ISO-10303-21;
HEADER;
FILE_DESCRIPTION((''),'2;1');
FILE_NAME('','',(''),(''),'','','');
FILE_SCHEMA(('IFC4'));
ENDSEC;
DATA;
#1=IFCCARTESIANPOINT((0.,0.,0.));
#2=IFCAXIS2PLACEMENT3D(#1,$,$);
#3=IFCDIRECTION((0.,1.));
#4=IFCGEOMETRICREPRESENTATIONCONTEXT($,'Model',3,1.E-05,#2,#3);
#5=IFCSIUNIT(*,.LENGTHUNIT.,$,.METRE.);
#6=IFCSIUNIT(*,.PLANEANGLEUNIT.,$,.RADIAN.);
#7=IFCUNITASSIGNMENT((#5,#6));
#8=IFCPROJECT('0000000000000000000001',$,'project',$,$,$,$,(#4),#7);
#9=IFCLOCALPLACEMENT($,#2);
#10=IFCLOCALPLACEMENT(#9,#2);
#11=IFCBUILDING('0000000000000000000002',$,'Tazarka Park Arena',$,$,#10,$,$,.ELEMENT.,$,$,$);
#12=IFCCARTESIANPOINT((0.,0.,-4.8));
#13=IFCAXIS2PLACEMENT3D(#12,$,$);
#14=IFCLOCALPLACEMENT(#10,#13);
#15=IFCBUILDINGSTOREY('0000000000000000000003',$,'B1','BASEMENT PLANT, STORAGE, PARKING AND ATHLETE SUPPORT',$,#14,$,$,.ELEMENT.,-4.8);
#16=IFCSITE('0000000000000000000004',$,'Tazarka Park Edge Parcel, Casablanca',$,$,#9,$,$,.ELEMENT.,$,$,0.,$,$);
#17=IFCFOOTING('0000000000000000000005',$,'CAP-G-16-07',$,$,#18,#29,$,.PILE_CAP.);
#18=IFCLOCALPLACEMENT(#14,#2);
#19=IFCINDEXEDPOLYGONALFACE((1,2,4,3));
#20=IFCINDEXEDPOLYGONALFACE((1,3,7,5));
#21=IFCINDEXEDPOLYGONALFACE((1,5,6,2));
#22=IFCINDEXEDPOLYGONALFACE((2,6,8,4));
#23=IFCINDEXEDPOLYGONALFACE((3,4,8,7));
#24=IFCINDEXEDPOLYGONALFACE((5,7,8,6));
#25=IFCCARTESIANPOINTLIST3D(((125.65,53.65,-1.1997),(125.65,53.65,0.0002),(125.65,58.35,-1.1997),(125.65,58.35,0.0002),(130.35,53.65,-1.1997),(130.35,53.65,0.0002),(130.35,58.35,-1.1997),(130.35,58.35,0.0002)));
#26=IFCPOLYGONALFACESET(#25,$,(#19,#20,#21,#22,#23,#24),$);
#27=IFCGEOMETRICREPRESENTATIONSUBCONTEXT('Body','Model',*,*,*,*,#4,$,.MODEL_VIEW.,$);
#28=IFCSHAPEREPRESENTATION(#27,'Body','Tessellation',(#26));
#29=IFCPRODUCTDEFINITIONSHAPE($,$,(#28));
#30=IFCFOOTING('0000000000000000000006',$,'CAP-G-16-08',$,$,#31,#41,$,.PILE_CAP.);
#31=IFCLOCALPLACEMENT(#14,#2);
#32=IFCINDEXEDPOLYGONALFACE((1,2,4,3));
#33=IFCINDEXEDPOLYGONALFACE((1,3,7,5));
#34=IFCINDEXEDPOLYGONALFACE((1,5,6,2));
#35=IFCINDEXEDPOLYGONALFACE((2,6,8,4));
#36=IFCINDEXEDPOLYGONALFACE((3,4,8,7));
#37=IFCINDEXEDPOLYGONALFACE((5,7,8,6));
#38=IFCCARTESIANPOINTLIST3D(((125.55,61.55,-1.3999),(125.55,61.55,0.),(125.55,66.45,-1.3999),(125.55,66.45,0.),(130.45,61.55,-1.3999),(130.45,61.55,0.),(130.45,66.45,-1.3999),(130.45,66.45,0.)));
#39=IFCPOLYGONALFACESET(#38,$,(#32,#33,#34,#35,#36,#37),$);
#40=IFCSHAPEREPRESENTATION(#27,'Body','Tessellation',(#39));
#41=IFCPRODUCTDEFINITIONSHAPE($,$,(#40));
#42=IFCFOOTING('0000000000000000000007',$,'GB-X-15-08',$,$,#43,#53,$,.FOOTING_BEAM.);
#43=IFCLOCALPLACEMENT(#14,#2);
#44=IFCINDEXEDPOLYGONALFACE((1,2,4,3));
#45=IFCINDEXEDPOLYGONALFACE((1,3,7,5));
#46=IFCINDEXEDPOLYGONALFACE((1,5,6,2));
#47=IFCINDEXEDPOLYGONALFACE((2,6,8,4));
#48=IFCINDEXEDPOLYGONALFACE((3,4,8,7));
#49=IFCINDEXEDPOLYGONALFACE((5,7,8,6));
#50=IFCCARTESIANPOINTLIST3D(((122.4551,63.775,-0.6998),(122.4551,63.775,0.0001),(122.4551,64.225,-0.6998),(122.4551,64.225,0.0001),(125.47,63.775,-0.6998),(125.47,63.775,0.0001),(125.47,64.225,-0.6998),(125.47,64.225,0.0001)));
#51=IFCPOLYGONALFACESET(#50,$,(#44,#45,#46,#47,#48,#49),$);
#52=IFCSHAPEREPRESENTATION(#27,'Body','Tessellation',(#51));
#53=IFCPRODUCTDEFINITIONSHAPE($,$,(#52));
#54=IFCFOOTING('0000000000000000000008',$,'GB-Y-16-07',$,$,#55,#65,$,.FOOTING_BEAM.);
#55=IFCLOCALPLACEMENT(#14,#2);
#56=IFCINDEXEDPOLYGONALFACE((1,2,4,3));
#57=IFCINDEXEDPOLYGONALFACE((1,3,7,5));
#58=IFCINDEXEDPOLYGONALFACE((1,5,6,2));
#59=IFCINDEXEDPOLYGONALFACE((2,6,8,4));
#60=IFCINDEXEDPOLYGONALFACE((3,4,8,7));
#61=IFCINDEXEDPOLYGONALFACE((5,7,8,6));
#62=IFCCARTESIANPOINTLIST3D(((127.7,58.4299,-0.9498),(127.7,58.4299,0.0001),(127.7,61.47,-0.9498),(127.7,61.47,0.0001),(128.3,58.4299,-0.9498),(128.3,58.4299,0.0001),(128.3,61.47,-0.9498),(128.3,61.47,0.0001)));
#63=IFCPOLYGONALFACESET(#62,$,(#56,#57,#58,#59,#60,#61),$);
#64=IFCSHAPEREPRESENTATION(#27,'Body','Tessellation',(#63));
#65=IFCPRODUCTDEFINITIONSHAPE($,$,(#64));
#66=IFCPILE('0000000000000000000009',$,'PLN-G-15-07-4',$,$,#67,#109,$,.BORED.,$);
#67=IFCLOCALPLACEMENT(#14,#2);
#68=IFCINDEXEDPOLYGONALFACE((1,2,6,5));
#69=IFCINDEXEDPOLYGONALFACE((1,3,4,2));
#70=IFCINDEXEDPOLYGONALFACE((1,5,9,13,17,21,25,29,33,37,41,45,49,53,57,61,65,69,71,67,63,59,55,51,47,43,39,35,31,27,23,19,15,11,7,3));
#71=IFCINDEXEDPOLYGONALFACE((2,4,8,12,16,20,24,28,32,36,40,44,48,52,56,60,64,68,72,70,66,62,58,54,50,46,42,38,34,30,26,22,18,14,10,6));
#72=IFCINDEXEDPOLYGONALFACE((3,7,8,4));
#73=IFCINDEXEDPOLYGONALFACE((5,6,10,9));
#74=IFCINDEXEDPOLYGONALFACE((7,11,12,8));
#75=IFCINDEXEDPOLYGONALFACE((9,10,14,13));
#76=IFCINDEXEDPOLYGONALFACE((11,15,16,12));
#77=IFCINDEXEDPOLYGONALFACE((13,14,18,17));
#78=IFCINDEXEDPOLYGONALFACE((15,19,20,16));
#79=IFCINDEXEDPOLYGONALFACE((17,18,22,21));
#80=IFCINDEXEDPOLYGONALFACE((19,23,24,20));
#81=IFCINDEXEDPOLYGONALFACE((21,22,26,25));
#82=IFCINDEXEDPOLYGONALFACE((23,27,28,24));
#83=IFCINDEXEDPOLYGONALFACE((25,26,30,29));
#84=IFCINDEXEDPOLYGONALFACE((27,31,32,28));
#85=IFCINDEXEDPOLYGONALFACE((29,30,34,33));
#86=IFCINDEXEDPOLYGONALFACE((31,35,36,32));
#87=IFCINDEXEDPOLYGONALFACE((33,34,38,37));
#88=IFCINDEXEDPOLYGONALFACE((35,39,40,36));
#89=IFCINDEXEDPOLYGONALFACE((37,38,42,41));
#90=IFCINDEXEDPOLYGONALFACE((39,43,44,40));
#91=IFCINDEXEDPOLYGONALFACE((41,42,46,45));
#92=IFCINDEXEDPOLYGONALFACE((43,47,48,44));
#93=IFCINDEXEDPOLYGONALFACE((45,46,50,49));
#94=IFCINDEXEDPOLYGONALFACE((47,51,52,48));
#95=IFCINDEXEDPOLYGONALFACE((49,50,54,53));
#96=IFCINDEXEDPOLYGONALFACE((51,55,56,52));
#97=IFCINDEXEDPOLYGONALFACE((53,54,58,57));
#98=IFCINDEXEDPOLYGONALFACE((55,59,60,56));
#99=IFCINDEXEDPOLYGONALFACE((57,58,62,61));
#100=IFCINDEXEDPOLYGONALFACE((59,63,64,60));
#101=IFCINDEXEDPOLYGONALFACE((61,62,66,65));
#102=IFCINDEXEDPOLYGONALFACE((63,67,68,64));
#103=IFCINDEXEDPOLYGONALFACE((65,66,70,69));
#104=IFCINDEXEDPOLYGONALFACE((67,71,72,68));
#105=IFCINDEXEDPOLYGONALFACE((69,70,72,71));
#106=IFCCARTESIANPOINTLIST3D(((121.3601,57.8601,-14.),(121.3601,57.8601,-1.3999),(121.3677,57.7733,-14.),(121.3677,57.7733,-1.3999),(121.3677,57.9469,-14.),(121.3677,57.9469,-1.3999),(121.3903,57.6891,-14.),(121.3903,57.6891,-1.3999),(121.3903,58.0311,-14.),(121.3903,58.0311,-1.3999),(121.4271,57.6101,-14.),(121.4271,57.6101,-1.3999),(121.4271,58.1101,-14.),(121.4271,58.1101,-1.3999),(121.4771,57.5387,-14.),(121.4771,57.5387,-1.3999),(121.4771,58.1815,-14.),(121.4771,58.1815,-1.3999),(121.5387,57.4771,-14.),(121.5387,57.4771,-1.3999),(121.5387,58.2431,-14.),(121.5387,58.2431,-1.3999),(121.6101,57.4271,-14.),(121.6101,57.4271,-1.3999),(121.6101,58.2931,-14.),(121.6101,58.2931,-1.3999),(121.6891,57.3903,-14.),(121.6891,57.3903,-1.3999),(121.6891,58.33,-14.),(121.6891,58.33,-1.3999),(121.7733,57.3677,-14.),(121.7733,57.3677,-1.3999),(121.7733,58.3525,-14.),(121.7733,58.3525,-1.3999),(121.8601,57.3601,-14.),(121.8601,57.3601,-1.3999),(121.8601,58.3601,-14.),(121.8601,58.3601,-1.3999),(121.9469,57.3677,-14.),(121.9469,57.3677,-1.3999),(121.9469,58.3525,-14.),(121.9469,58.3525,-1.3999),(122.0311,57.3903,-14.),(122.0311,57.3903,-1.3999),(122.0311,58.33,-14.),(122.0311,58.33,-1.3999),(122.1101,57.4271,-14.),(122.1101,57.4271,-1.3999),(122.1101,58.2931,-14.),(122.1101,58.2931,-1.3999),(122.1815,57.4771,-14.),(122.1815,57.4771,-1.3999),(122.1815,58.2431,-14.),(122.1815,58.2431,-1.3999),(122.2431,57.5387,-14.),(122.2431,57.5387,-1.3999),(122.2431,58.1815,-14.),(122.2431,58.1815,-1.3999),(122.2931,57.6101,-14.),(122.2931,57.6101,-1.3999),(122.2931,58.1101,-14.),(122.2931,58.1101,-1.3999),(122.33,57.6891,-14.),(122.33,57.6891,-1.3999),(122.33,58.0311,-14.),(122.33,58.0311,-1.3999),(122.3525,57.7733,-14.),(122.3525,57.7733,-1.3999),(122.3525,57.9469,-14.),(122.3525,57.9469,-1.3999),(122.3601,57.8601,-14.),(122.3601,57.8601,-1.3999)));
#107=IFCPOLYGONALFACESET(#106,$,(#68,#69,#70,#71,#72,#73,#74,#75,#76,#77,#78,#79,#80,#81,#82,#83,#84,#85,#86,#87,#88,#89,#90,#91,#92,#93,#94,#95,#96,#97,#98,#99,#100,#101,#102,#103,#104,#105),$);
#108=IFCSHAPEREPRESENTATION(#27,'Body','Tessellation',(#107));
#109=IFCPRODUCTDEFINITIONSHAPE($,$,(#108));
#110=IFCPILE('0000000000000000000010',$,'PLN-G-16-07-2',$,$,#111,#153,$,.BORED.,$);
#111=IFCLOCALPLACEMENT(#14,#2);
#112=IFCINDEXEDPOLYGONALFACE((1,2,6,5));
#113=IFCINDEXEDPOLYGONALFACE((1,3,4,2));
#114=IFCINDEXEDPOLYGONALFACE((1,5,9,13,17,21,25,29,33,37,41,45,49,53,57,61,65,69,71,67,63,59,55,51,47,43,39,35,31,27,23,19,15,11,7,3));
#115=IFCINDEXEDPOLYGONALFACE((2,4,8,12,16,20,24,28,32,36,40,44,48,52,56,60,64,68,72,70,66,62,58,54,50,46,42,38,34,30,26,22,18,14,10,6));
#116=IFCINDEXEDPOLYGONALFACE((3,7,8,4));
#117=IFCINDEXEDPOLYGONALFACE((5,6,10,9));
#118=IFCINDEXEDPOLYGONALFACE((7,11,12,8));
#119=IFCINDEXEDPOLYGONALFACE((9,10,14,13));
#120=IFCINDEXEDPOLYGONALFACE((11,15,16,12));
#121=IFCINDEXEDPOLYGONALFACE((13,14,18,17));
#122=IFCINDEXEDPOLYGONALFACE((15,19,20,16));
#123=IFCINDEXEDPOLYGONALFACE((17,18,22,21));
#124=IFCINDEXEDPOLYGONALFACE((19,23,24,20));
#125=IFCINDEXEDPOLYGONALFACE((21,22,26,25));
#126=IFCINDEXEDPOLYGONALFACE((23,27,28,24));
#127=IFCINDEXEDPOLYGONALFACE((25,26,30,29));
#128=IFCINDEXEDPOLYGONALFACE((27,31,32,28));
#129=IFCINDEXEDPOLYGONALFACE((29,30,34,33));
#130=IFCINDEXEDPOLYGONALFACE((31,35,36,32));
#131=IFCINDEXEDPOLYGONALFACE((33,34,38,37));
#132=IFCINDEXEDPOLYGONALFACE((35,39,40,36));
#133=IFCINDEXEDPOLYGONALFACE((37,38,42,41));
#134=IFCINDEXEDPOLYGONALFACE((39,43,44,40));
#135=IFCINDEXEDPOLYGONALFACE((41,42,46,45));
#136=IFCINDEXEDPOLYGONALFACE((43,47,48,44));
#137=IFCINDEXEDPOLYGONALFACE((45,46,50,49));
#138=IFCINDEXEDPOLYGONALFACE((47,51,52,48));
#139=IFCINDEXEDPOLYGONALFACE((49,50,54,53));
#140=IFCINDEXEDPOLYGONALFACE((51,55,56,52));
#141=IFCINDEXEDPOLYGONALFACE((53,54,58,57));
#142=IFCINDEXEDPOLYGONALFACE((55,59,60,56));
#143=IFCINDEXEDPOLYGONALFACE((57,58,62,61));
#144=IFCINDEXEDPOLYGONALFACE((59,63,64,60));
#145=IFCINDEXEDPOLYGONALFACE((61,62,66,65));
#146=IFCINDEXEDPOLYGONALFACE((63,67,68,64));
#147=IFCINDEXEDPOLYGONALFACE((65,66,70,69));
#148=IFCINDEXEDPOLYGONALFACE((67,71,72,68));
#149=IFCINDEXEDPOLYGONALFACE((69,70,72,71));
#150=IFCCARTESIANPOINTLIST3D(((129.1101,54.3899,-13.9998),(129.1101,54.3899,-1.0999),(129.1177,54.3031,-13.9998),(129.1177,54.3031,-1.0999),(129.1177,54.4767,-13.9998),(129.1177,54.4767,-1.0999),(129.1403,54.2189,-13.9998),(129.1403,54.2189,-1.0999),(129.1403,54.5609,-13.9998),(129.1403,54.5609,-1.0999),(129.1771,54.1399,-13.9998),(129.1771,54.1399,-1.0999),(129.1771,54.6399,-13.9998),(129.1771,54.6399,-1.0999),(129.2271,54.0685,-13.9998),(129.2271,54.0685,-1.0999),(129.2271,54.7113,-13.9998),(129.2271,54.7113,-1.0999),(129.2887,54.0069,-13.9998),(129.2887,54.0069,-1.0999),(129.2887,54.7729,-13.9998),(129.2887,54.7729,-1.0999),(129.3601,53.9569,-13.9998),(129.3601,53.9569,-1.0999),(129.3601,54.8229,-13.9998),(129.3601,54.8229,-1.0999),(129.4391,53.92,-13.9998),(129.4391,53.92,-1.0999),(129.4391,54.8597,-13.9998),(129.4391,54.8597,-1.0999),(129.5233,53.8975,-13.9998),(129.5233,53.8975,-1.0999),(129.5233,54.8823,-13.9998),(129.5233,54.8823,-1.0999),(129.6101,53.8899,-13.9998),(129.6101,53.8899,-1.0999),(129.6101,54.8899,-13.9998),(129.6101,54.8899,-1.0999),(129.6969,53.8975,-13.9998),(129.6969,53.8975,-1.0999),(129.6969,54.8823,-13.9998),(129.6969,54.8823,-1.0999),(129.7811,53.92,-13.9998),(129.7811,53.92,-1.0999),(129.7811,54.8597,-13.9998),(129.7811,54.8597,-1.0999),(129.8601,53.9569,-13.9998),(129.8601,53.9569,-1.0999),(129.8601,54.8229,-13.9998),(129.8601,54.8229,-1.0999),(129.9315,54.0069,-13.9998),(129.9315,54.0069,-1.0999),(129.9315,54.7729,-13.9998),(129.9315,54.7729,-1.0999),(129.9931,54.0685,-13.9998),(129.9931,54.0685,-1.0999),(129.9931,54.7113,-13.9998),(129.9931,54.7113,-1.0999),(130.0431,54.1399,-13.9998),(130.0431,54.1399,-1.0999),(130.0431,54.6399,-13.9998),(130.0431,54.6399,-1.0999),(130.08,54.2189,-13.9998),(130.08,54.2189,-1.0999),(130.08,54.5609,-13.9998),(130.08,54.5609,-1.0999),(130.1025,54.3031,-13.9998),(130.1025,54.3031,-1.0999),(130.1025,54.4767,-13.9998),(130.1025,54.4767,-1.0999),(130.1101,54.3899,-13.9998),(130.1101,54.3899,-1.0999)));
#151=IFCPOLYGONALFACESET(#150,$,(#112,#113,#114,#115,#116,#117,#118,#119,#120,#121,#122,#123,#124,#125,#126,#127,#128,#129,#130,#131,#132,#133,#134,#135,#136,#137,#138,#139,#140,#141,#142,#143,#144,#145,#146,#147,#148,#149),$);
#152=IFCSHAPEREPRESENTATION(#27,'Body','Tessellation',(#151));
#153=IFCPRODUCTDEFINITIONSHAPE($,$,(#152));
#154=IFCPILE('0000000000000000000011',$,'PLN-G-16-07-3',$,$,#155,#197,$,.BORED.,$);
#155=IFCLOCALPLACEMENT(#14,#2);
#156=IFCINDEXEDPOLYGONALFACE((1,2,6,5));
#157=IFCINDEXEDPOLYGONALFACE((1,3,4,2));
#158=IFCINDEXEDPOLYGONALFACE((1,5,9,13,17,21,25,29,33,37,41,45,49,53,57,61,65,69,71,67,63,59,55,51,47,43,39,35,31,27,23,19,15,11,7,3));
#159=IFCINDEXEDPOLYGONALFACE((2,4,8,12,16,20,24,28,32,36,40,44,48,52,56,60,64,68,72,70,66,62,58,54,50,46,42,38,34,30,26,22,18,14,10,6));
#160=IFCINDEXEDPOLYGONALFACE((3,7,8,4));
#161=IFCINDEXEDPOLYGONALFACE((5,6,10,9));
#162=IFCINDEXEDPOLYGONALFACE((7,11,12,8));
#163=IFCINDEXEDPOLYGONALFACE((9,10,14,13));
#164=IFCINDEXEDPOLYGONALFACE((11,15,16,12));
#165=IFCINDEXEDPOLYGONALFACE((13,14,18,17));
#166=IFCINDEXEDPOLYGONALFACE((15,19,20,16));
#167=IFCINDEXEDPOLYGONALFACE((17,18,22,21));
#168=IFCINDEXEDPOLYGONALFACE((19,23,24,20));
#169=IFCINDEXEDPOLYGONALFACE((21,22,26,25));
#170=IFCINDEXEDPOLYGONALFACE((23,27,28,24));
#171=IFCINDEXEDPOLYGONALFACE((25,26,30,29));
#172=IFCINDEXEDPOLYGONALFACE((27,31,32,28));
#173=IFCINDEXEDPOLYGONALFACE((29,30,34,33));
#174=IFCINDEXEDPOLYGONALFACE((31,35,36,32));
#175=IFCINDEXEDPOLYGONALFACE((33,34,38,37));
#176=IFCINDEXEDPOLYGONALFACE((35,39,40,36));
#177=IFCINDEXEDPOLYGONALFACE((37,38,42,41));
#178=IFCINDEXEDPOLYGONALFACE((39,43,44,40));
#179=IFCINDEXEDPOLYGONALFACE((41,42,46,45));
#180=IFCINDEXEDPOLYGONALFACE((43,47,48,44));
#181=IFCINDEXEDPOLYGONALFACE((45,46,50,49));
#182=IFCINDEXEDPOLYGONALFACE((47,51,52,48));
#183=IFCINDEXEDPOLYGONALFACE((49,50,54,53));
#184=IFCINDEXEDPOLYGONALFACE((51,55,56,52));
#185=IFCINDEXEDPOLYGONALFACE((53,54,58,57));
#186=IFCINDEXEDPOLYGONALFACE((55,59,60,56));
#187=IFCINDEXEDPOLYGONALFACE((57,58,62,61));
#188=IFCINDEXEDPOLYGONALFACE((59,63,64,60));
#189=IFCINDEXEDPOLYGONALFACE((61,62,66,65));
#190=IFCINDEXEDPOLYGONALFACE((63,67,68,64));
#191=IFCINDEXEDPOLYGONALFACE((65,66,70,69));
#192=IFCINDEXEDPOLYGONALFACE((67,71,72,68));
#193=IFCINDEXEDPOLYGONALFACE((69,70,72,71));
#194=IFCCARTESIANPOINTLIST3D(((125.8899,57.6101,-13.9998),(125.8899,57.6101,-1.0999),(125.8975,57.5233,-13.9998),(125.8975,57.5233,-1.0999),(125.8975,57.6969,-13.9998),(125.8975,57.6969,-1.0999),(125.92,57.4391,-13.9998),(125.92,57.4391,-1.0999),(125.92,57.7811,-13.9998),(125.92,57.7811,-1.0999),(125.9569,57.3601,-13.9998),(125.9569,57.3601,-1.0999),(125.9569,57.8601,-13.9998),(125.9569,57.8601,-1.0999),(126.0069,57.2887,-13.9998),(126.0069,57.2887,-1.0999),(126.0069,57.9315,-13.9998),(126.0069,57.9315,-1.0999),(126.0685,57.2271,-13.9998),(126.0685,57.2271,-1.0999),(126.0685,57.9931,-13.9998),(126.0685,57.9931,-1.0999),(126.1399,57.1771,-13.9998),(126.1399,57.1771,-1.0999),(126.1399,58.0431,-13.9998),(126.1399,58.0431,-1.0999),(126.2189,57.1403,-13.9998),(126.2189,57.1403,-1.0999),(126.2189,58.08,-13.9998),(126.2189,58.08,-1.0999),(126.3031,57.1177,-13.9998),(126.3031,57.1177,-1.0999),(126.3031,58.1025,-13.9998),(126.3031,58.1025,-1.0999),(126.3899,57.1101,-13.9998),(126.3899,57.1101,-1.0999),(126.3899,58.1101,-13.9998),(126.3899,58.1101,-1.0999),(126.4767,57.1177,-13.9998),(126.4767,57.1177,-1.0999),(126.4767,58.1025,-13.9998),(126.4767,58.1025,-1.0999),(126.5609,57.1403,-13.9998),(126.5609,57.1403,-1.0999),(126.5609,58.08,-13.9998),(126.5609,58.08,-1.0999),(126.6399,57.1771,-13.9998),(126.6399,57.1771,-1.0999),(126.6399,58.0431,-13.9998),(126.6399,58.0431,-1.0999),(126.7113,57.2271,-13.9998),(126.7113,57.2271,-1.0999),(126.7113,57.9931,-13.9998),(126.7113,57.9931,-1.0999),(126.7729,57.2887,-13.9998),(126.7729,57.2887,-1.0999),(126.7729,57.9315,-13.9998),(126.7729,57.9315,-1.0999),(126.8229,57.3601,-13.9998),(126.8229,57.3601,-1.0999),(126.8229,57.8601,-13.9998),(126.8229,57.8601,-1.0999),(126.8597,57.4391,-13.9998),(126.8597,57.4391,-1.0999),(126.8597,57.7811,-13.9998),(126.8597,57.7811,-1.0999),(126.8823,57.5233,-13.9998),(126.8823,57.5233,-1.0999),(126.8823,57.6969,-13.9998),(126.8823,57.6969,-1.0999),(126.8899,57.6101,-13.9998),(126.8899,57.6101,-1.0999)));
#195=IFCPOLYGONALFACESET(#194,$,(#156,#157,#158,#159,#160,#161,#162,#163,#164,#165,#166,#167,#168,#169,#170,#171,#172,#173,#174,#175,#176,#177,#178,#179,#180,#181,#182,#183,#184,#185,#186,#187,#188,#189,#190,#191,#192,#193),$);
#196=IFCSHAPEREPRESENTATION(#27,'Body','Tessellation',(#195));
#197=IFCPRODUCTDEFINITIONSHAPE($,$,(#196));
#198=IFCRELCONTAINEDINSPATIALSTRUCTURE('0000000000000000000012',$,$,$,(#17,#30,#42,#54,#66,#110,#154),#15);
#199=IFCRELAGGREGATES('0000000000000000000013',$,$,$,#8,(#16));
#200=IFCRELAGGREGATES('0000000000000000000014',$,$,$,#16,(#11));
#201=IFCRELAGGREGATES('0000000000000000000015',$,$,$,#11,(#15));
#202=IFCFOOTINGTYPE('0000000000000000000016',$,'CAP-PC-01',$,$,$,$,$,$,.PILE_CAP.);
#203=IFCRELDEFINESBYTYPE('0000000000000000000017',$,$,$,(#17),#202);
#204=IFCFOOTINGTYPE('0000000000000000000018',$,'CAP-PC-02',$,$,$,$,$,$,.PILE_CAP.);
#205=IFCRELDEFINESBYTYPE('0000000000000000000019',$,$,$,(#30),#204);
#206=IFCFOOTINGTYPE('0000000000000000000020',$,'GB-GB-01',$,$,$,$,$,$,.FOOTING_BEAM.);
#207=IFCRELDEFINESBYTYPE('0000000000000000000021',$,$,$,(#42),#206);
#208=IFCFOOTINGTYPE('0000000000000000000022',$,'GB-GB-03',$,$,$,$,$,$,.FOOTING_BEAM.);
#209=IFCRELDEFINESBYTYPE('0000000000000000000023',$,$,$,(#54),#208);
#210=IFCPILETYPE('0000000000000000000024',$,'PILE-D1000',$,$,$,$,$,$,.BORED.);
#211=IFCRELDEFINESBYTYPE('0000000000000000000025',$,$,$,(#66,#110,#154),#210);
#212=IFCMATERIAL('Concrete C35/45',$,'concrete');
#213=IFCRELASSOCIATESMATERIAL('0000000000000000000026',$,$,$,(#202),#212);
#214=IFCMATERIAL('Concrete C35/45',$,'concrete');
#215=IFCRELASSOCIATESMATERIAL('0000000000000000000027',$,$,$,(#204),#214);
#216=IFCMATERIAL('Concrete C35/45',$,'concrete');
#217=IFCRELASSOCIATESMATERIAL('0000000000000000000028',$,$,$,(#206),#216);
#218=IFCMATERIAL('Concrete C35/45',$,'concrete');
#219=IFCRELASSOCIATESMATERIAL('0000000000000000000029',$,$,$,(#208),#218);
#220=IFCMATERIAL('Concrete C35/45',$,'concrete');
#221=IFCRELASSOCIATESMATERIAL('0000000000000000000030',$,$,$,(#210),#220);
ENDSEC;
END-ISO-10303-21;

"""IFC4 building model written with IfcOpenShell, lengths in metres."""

from ifc_helpers import new_model, si_unit, direction, frame, origin, origin_2d, place, context, subcontext, project, spatial, rectangle, circle, extrude, material, material_profile, profile_set, type_object, element, save


model = new_model("IFC4")

# Units and contexts
model_context = context("Model", 3, precision=1e-05, world=origin(), true_north=direction((0.0, 1.0)))
body_context = subcontext(model_context, "Body", "Model", "MODEL_VIEW")
ifc_project = project(units=[si_unit("LENGTHUNIT", "METRE"), si_unit("PLANEANGLEUNIT", "RADIAN")], contexts=[model_context])

# Site, building, storey
site_placement = place(None, origin())
site = spatial("IfcSite", under=ifc_project, at=site_placement, Name="Tazarka Park Edge Parcel, Casablanca", CompositionType="ELEMENT", RefElevation=0.0)
building_placement = place(site_placement, origin())
building = spatial("IfcBuilding", under=site, at=building_placement, Name="Tazarka Park Arena", CompositionType="ELEMENT")
storey_placement = place(building_placement, frame((0.0, 0.0, -4.8)))
storey = spatial("IfcBuildingStorey", under=building, at=storey_placement, Name="B1", Description="BASEMENT PLANT, STORAGE, PARKING AND ATHLETE SUPPORT", CompositionType="ELEMENT", Elevation=-4.8)

# Footings
ifc_material_1 = material(Name="Concrete C35/45", Category="concrete")
footing_type_1 = type_object("IfcFootingType", Name="CAP-PC-01", PredefinedType="PILE_CAP", material=ifc_material_1)
footing_1_placement = place(storey_placement, frame((128.0, 56.0, -1.1997), z_axis=(0.0, 0.0, 1.0), x_axis=(1.0, 0.0, 0.0)))
element("IfcFooting", 1, at=footing_1_placement, inside=storey, type_object=footing_type_1, Name="CAP-G-16-07", PredefinedType="PILE_CAP", context=body_context, shape_type="SweptSolid", body=[
    extrude(rectangle(XDim=4.7, YDim=4.7, at=origin_2d()), origin(), (0.0, 0.0, 1.0), 1.2),
])
ifc_material_2 = material(Name="Concrete C35/45", Category="concrete")
footing_type_2 = type_object("IfcFootingType", Name="CAP-PC-02", PredefinedType="PILE_CAP", material=ifc_material_2)
footing_2_placement = place(storey_placement, frame((128.0, 64.0, -1.3999), z_axis=(0.0, 0.0, 1.0), x_axis=(1.0, 0.0, 0.0)))
element("IfcFooting", 2, at=footing_2_placement, inside=storey, type_object=footing_type_2, Name="CAP-G-16-08", PredefinedType="PILE_CAP", context=body_context, shape_type="SweptSolid", body=[
    extrude(rectangle(XDim=4.8999, YDim=4.8999, at=origin_2d()), origin(), (0.0, 0.0, 1.0), 1.3999),
])
ifc_material_3 = material(Name="Concrete C35/45", Category="concrete")
ifc_material_profile_1 = material_profile(ifc_material_3, rectangle(XDim=0.45, YDim=0.7, at=origin_2d()), Name="Concrete C35/45")
ifc_profile_set_1 = profile_set([ifc_material_profile_1], Name="Concrete C35/45")
footing_type_3 = type_object("IfcFootingType", Name="GB-GB-01", PredefinedType="FOOTING_BEAM", material=ifc_profile_set_1)
footing_3_placement = place(storey_placement, frame((122.4551, 64.0, -0.3499), z_axis=(1.0, 0.0, 0.0), x_axis=(0.0, 1.0, 0.0)))
element("IfcFooting", 3, at=footing_3_placement, inside=storey, type_object=footing_type_3, Name="GB-X-15-08", PredefinedType="FOOTING_BEAM", context=body_context, shape_type="SweptSolid", body=[
    extrude(rectangle(XDim=0.45, YDim=0.7, at=origin_2d()), origin(), (0.0, 0.0, 1.0), 3.0149),
])
ifc_material_4 = material(Name="Concrete C35/45", Category="concrete")
ifc_material_profile_2 = material_profile(ifc_material_4, rectangle(XDim=0.6001, YDim=0.95, at=origin_2d()), Name="Concrete C35/45")
ifc_profile_set_2 = profile_set([ifc_material_profile_2], Name="Concrete C35/45")
footing_type_4 = type_object("IfcFootingType", Name="GB-GB-03", PredefinedType="FOOTING_BEAM", material=ifc_profile_set_2)
footing_4_placement = place(storey_placement, frame((128.0, 58.4299, -0.4749), z_axis=(0.0, 1.0, 0.0), x_axis=(-1.0, 0.0, 0.0)))
element("IfcFooting", 4, at=footing_4_placement, inside=storey, type_object=footing_type_4, Name="GB-Y-16-07", PredefinedType="FOOTING_BEAM", context=body_context, shape_type="SweptSolid", body=[
    extrude(rectangle(XDim=0.6001, YDim=0.95, at=origin_2d()), origin(), (0.0, 0.0, 1.0), 3.04),
])

# Piles
ifc_material_5 = material(Name="Concrete C35/45", Category="concrete")
ifc_material_profile_3 = material_profile(ifc_material_5, circle(Radius=0.5, at=origin_2d()), Name="Concrete C35/45")
ifc_profile_set_3 = profile_set([ifc_material_profile_3], Name="Concrete C35/45")
pile_type_1 = type_object("IfcPileType", Name="PILE-D1000", PredefinedType="BORED", material=ifc_profile_set_3)
pile_1_placement = place(storey_placement, frame((121.8601, 57.8601, -1.3999), z_axis=(0.0, 0.0, -1.0), x_axis=(1.0, 0.0, 0.0)))
element("IfcPile", 5, at=pile_1_placement, inside=storey, type_object=pile_type_1, Name="PLN-G-15-07-4", PredefinedType="BORED", context=body_context, shape_type="SweptSolid", body=[
    extrude(circle(Radius=0.5, at=origin_2d()), origin(), (0.0, 0.0, 1.0), 12.6001),
])
for number, where, z_axis, x_axis, name in (
    (6, (129.6101, 54.3899, -1.0999), (0.0, 0.0, -1.0), (1.0, 0.0, 0.0), "PLN-G-16-07-2"),
    (7, (126.3899, 57.6101, -1.0999), (0.0, 0.0, -1.0), (1.0, 0.0, 0.0), "PLN-G-16-07-3"),
):
    element("IfcPile", number, at=place(storey_placement, frame(where, z_axis=z_axis, x_axis=x_axis)), inside=storey, type_object=pile_type_1, Name=name, PredefinedType="BORED", context=body_context, shape_type="SweptSolid", body=[
        extrude(circle(Radius=0.5, at=origin_2d()), origin(), (0.0, 0.0, 1.0), 12.8999),
    ])

save(model, "model.ifc")
